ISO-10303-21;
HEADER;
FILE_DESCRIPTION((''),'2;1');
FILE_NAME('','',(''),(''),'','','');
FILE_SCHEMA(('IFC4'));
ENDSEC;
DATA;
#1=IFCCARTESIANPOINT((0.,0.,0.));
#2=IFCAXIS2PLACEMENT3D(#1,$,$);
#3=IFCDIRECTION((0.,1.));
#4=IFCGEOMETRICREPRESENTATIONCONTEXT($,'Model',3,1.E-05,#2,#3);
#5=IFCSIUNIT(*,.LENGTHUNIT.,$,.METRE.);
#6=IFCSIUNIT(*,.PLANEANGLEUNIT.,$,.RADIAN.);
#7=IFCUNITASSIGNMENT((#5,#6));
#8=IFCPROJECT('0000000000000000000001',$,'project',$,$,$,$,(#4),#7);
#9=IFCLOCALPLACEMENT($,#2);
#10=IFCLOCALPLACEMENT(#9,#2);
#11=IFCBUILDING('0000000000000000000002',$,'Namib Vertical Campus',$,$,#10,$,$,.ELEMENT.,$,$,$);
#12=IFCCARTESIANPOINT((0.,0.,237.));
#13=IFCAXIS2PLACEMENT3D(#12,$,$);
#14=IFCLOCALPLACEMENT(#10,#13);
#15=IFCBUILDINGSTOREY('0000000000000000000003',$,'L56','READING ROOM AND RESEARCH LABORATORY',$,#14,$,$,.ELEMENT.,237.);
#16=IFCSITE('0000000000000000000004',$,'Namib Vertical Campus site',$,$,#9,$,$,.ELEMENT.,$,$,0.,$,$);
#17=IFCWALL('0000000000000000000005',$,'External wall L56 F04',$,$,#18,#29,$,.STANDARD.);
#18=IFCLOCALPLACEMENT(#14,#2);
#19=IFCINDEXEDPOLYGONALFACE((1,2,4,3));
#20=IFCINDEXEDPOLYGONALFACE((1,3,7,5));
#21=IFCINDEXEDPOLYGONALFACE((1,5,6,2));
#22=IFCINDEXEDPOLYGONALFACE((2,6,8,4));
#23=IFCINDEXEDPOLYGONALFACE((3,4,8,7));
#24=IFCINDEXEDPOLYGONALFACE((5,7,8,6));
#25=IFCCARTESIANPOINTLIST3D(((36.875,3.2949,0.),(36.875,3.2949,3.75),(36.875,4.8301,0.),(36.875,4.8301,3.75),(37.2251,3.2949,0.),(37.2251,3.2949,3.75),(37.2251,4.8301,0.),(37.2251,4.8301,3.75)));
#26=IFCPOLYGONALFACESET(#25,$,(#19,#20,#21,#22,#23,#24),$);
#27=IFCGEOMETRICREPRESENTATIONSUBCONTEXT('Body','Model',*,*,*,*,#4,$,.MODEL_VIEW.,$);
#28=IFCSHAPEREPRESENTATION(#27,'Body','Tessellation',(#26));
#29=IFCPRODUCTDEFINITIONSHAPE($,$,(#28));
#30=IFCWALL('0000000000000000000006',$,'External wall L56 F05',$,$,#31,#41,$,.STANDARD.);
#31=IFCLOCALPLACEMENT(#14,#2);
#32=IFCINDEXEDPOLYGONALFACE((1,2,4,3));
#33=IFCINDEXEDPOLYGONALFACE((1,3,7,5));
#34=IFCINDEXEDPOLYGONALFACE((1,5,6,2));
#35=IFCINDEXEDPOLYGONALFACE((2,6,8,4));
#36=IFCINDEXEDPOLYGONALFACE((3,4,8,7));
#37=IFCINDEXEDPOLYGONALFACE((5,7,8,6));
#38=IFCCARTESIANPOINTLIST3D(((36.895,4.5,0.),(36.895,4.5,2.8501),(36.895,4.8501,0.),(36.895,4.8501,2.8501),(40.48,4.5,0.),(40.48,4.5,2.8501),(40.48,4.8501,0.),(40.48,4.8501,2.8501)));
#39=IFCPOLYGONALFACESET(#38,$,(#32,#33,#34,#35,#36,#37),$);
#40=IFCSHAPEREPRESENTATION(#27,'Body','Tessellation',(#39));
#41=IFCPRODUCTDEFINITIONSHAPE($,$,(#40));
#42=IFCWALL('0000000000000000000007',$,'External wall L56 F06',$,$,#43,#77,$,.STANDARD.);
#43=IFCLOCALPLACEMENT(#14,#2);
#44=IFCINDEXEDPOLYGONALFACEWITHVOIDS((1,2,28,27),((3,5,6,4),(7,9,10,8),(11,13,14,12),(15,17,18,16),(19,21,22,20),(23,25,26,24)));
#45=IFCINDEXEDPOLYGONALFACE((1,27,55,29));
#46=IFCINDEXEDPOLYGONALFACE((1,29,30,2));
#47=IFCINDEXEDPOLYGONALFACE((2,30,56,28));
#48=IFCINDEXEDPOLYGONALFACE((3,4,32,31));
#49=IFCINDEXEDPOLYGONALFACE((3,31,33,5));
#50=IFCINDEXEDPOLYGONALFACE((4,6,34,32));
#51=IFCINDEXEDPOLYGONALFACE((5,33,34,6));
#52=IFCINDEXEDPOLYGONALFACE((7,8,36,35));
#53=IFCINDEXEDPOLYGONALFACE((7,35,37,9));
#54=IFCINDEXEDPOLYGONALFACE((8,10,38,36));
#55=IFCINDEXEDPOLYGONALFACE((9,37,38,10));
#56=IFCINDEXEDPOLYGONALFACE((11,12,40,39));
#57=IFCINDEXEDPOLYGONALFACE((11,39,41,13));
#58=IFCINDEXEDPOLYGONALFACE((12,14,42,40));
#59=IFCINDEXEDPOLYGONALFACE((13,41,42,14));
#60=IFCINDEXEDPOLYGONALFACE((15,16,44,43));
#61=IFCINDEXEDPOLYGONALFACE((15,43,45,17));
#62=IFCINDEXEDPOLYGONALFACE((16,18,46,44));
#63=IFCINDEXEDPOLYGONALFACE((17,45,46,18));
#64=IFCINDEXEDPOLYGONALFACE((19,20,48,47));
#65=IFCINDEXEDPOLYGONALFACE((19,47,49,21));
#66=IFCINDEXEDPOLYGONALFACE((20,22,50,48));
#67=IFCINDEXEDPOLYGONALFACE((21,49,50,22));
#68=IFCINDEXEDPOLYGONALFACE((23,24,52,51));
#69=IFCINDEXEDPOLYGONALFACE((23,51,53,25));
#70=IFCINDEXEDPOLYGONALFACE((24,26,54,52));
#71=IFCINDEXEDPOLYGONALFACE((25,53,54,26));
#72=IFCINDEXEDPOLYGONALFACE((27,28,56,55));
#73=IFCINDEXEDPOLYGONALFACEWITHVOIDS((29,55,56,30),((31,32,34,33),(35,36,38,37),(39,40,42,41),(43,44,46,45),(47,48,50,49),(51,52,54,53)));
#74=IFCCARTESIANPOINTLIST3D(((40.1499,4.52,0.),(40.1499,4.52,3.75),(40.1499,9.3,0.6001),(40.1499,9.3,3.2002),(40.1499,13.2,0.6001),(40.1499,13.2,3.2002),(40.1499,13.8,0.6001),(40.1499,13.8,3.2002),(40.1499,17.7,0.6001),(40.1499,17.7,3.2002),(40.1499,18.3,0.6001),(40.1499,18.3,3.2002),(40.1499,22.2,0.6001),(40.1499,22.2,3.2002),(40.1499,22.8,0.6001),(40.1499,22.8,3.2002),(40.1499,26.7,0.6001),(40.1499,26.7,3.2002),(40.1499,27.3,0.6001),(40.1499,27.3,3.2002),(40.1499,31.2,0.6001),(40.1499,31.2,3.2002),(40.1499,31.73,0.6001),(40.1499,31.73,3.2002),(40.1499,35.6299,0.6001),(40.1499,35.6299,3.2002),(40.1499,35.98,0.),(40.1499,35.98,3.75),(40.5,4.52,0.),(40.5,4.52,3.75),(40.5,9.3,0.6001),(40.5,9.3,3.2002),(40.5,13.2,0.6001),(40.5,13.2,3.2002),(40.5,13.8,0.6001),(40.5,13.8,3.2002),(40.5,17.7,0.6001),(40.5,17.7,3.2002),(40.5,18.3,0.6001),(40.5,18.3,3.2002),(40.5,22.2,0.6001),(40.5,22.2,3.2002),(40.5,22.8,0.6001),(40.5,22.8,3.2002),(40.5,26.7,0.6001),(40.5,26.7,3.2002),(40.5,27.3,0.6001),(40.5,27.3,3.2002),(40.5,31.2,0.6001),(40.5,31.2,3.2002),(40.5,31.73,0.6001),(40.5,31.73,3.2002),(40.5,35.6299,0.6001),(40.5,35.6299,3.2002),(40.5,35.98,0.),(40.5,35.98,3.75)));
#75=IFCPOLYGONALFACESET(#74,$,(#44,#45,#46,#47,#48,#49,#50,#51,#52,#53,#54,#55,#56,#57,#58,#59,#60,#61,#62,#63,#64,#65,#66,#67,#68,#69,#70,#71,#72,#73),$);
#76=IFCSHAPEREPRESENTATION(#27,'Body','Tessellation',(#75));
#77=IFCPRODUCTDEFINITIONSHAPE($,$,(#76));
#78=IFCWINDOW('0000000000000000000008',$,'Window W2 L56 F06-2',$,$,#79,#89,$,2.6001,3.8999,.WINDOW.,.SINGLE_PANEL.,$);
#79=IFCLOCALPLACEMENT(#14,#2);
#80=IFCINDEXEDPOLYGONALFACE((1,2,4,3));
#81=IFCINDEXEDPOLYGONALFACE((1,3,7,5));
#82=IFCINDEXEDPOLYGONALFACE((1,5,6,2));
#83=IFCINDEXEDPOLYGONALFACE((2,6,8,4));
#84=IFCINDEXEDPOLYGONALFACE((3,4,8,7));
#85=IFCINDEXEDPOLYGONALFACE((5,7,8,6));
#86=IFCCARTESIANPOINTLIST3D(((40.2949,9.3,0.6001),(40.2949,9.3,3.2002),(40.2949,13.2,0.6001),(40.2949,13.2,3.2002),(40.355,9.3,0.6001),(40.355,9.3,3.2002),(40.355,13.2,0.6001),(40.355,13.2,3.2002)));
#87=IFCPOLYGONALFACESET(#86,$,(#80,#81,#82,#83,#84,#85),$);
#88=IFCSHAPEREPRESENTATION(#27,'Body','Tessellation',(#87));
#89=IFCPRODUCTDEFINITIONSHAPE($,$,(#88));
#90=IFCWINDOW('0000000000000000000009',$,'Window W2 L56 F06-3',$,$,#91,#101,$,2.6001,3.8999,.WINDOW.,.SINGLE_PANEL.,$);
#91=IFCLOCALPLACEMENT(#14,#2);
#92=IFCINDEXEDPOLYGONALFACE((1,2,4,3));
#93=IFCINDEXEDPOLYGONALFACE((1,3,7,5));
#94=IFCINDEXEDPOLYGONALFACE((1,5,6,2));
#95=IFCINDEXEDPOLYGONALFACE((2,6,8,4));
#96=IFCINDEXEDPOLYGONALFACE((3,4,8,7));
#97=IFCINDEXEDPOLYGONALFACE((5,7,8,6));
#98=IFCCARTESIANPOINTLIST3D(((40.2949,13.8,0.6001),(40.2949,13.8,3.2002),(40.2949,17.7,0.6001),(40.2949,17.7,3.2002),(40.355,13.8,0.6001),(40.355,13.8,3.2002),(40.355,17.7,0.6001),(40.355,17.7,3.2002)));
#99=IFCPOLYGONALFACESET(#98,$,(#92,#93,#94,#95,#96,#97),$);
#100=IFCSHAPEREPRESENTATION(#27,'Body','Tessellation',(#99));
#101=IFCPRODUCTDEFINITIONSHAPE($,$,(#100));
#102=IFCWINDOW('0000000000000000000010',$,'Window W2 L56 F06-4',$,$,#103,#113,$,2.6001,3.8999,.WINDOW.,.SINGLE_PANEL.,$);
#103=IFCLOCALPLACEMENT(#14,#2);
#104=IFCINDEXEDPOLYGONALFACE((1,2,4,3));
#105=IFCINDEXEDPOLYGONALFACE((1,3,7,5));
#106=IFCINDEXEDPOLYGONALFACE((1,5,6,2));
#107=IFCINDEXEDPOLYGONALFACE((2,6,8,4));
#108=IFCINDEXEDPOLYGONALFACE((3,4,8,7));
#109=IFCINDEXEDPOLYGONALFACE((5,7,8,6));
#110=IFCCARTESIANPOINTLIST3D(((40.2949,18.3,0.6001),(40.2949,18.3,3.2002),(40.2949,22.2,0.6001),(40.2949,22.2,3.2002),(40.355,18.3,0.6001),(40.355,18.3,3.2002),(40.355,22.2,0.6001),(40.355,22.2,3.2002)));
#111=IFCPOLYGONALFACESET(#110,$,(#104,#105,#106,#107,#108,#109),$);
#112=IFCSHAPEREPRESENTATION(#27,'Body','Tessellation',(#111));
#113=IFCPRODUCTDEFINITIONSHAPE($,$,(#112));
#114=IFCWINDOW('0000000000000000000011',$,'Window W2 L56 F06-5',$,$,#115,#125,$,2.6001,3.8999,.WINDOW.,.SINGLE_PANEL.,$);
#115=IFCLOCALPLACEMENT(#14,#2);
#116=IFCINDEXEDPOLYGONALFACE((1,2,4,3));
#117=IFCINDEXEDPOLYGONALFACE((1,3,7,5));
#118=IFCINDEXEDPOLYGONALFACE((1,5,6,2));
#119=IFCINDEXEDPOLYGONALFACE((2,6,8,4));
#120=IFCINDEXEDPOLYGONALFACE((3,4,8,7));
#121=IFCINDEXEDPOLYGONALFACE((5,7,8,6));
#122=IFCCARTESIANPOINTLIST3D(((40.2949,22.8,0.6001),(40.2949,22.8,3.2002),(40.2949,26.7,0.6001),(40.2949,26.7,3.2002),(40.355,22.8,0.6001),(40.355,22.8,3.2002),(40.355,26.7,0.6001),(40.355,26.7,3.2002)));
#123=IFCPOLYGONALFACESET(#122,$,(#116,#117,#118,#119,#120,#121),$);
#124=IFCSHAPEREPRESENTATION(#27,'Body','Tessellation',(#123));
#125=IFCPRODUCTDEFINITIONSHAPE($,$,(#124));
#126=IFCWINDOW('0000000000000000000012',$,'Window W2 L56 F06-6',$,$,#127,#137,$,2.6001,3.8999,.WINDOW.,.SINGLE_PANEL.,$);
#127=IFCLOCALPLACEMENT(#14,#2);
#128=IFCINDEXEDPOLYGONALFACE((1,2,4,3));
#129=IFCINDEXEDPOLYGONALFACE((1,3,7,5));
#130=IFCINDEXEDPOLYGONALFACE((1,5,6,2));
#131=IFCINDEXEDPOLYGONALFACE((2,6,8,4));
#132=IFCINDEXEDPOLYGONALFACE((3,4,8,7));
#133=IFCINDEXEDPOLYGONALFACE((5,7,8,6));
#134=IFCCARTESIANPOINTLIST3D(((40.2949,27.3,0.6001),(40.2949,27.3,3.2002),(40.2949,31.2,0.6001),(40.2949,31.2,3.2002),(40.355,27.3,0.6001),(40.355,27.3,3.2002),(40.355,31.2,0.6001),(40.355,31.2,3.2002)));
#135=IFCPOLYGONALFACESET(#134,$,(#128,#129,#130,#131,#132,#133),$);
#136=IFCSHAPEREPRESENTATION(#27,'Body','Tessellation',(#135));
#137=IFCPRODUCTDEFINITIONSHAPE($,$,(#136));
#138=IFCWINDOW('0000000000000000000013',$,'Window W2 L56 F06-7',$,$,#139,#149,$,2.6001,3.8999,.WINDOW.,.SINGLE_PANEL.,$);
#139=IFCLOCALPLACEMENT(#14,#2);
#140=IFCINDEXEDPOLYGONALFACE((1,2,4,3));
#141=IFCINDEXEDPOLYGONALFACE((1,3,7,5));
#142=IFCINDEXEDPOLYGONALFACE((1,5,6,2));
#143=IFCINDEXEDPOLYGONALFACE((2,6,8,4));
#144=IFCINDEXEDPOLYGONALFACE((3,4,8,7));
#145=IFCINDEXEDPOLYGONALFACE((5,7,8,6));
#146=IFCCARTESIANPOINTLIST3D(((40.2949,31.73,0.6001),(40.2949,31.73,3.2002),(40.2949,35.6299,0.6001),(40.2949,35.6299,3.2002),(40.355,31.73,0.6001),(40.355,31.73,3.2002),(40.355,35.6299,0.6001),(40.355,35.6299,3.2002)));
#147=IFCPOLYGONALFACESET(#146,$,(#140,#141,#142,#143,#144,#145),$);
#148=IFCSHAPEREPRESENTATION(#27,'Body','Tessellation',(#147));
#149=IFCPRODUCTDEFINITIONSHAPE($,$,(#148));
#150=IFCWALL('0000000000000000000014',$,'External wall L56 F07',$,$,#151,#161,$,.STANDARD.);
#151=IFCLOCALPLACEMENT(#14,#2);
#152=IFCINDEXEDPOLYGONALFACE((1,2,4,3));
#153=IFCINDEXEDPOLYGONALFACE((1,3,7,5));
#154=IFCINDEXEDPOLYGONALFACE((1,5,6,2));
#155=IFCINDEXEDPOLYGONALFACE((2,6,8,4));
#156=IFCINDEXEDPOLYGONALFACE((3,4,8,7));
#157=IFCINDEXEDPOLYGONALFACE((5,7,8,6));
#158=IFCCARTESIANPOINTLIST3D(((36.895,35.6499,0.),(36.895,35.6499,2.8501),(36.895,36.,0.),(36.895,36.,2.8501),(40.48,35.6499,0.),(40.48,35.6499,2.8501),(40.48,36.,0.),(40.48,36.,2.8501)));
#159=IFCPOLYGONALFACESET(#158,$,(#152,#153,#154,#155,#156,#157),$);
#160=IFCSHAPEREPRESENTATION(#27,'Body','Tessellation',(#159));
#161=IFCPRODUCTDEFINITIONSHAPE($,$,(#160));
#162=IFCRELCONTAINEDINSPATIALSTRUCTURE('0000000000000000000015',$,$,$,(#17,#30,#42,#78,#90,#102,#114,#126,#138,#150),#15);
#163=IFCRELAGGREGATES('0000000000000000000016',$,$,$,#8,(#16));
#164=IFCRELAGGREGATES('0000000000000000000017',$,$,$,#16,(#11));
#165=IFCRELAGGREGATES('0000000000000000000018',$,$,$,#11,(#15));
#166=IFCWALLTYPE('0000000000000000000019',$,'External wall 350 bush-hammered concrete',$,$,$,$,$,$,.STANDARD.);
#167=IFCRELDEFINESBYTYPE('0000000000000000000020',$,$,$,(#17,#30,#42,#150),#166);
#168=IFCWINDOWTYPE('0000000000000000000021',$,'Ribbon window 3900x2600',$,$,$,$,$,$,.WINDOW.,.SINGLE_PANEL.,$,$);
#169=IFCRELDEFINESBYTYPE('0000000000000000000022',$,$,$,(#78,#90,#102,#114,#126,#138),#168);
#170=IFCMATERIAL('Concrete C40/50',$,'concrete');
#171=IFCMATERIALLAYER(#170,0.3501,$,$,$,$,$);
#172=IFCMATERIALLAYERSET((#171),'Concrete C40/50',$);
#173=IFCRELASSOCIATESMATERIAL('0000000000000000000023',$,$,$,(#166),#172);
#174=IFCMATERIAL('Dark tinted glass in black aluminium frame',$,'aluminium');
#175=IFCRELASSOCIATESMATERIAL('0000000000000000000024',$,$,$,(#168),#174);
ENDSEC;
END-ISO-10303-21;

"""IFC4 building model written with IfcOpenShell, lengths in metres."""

from ifc_helpers import new_model, si_unit, direction, frame, frame_2d, origin, place, context, subcontext, project, spatial, rectangle, extrude, material, layer, layer_set, type_object, element, fill, save


model = new_model("IFC4")

# Units and contexts
model_context = context("Model", 3, precision=1e-05, world=origin(), true_north=direction((0.0, 1.0)))
body_context = subcontext(model_context, "Body", "Model", "MODEL_VIEW")
ifc_project = project(units=[si_unit("LENGTHUNIT", "METRE"), si_unit("PLANEANGLEUNIT", "RADIAN")], contexts=[model_context])

# Site, building, storey
site_placement = place(None, origin())
site = spatial("IfcSite", under=ifc_project, at=site_placement, Name="Namib Vertical Campus site", CompositionType="ELEMENT", RefElevation=0.0)
building_placement = place(site_placement, origin())
building = spatial("IfcBuilding", under=site, at=building_placement, Name="Namib Vertical Campus", CompositionType="ELEMENT")
storey_placement = place(building_placement, frame((0.0, 0.0, 237.0)))
storey = spatial("IfcBuildingStorey", under=building, at=storey_placement, Name="L56", Description="READING ROOM AND RESEARCH LABORATORY", CompositionType="ELEMENT", Elevation=237.0)

# Walls
ifc_material_1 = material(Name="Concrete C40/50", Category="concrete")
ifc_layer_1 = layer(ifc_material_1, 0.3501)
ifc_layer_set_1 = layer_set([ifc_layer_1], Name="Concrete C40/50")
wall_type_1 = type_object("IfcWallType", Name="External wall 350 bush-hammered concrete", PredefinedType="STANDARD", material=ifc_layer_set_1)
wall_1_placement = place(storey_placement, frame((37.05, 3.2949, 0.0), z_axis=(0.0, 0.0, 1.0), x_axis=(0.0, 1.0, 0.0)))
element("IfcWall", 1, at=wall_1_placement, inside=storey, type_object=wall_type_1, Name="External wall L56 F04", PredefinedType="STANDARD", context=body_context, shape_type="SweptSolid", body=[
    extrude(rectangle(XDim=1.5352, YDim=0.3501, at=frame_2d((0.7676, 0.0))), origin(), (0.0, 0.0, 1.0), 3.75),
])
wall_2_placement = place(storey_placement, frame((36.895, 4.675, 0.0), z_axis=(0.0, 0.0, 1.0), x_axis=(1.0, 0.0, 0.0)))
element("IfcWall", 2, at=wall_2_placement, inside=storey, type_object=wall_type_1, Name="External wall L56 F05", PredefinedType="STANDARD", context=body_context, shape_type="SweptSolid", body=[
    extrude(rectangle(XDim=3.585, YDim=0.3501, at=frame_2d((1.7925, 0.0))), origin(), (0.0, 0.0, 1.0), 2.8501),
])

# Wall, openings, windows
wall_3_placement = place(storey_placement, frame((40.325, 4.52, 0.0), z_axis=(0.0, 0.0, 1.0), x_axis=(0.0, 1.0, 0.0)))
wall_3 = element("IfcWall", 3, at=wall_3_placement, inside=storey, type_object=wall_type_1, Name="External wall L56 F06", PredefinedType="STANDARD", context=body_context, shape_type="SweptSolid", body=[
    extrude(rectangle(XDim=31.46, YDim=0.3501, at=frame_2d((15.73, 0.0))), origin(), (0.0, 0.0, 1.0), 3.75),
])
opening_1_placement = place(wall_3_placement, frame((4.78, 0.0, 0.6001)))
opening_1 = element("IfcOpeningElement", 4, at=opening_1_placement, cuts=wall_3, PredefinedType="OPENING", context=body_context, shape_type="SweptSolid", body=[
    extrude(rectangle(XDim=3.8999, YDim=2.6001, at=frame_2d((1.95, 1.3))), frame((0.0, 0.1851, 0.0), z_axis=(0.0, -1.0, 0.0), x_axis=(1.0, 0.0, 0.0)), (0.0, 0.0, 1.0), 0.3701),
])
opening_2_placement = place(wall_3_placement, frame((9.28, 0.0, 0.6001)))
opening_2 = element("IfcOpeningElement", 5, at=opening_2_placement, cuts=wall_3, PredefinedType="OPENING", context=body_context, shape_type="SweptSolid", body=[
    extrude(rectangle(XDim=3.8999, YDim=2.6001, at=frame_2d((1.95, 1.3))), frame((0.0, 0.1851, 0.0), z_axis=(0.0, -1.0, 0.0), x_axis=(1.0, 0.0, 0.0)), (0.0, 0.0, 1.0), 0.3701),
])
opening_3_placement = place(wall_3_placement, frame((13.78, 0.0, 0.6001)))
opening_3 = element("IfcOpeningElement", 6, at=opening_3_placement, cuts=wall_3, PredefinedType="OPENING", context=body_context, shape_type="SweptSolid", body=[
    extrude(rectangle(XDim=3.8999, YDim=2.6001, at=frame_2d((1.95, 1.3))), frame((0.0, 0.1851, 0.0), z_axis=(0.0, -1.0, 0.0), x_axis=(1.0, 0.0, 0.0)), (0.0, 0.0, 1.0), 0.3701),
])
opening_4_placement = place(wall_3_placement, frame((18.28, 0.0, 0.6001)))
opening_4 = element("IfcOpeningElement", 7, at=opening_4_placement, cuts=wall_3, PredefinedType="OPENING", context=body_context, shape_type="SweptSolid", body=[
    extrude(rectangle(XDim=3.8999, YDim=2.6001, at=frame_2d((1.95, 1.3))), frame((0.0, 0.1851, 0.0), z_axis=(0.0, -1.0, 0.0), x_axis=(1.0, 0.0, 0.0)), (0.0, 0.0, 1.0), 0.3701),
])
opening_5_placement = place(wall_3_placement, frame((22.78, 0.0, 0.6001)))
opening_5 = element("IfcOpeningElement", 8, at=opening_5_placement, cuts=wall_3, PredefinedType="OPENING", context=body_context, shape_type="SweptSolid", body=[
    extrude(rectangle(XDim=3.8999, YDim=2.6001, at=frame_2d((1.95, 1.3))), frame((0.0, 0.1851, 0.0), z_axis=(0.0, -1.0, 0.0), x_axis=(1.0, 0.0, 0.0)), (0.0, 0.0, 1.0), 0.3701),
])
opening_6_placement = place(wall_3_placement, frame((27.21, 0.0, 0.6001)))
opening_6 = element("IfcOpeningElement", 9, at=opening_6_placement, cuts=wall_3, PredefinedType="OPENING", context=body_context, shape_type="SweptSolid", body=[
    extrude(rectangle(XDim=3.8999, YDim=2.6001, at=frame_2d((1.95, 1.3))), frame((0.0, 0.1851, 0.0), z_axis=(0.0, -1.0, 0.0), x_axis=(1.0, 0.0, 0.0)), (0.0, 0.0, 1.0), 0.3701),
])
ifc_material_2 = material(Name="Dark tinted glass in black aluminium frame", Category="aluminium")
window_type = type_object("IfcWindowType", Name="Ribbon window 3900x2600", PartitioningType="SINGLE_PANEL", PredefinedType="WINDOW", material=ifc_material_2)
window_1_placement = place(opening_1_placement, origin())
window_1 = element("IfcWindow", 10, at=window_1_placement, inside=storey, type_object=window_type, Name="Window W2 L56 F06-2", OverallHeight=2.6001, OverallWidth=3.8999, PartitioningType="SINGLE_PANEL", PredefinedType="WINDOW", context=body_context, shape_type="SweptSolid", body=[
    extrude(rectangle(XDim=3.8999, YDim=2.6001, at=frame_2d((1.95, 1.3))), frame((0.0, 0.03, 0.0), z_axis=(0.0, -1.0, 0.0), x_axis=(1.0, 0.0, 0.0)), (0.0, 0.0, 1.0), 0.0601),
])
fill(opening_1, window_1)
window_2_placement = place(opening_2_placement, origin())
window_2 = element("IfcWindow", 11, at=window_2_placement, inside=storey, type_object=window_type, Name="Window W2 L56 F06-3", OverallHeight=2.6001, OverallWidth=3.8999, PartitioningType="SINGLE_PANEL", PredefinedType="WINDOW", context=body_context, shape_type="SweptSolid", body=[
    extrude(rectangle(XDim=3.8999, YDim=2.6001, at=frame_2d((1.95, 1.3))), frame((0.0, 0.03, 0.0), z_axis=(0.0, -1.0, 0.0), x_axis=(1.0, 0.0, 0.0)), (0.0, 0.0, 1.0), 0.0601),
])
fill(opening_2, window_2)
window_3_placement = place(opening_3_placement, origin())
window_3 = element("IfcWindow", 12, at=window_3_placement, inside=storey, type_object=window_type, Name="Window W2 L56 F06-4", OverallHeight=2.6001, OverallWidth=3.8999, PartitioningType="SINGLE_PANEL", PredefinedType="WINDOW", context=body_context, shape_type="SweptSolid", body=[
    extrude(rectangle(XDim=3.8999, YDim=2.6001, at=frame_2d((1.95, 1.3))), frame((0.0, 0.03, 0.0), z_axis=(0.0, -1.0, 0.0), x_axis=(1.0, 0.0, 0.0)), (0.0, 0.0, 1.0), 0.0601),
])
fill(opening_3, window_3)
window_4_placement = place(opening_4_placement, origin())
window_4 = element("IfcWindow", 13, at=window_4_placement, inside=storey, type_object=window_type, Name="Window W2 L56 F06-5", OverallHeight=2.6001, OverallWidth=3.8999, PartitioningType="SINGLE_PANEL", PredefinedType="WINDOW", context=body_context, shape_type="SweptSolid", body=[
    extrude(rectangle(XDim=3.8999, YDim=2.6001, at=frame_2d((1.95, 1.3))), frame((0.0, 0.03, 0.0), z_axis=(0.0, -1.0, 0.0), x_axis=(1.0, 0.0, 0.0)), (0.0, 0.0, 1.0), 0.0601),
])
fill(opening_4, window_4)
window_5_placement = place(opening_5_placement, origin())
window_5 = element("IfcWindow", 14, at=window_5_placement, inside=storey, type_object=window_type, Name="Window W2 L56 F06-6", OverallHeight=2.6001, OverallWidth=3.8999, PartitioningType="SINGLE_PANEL", PredefinedType="WINDOW", context=body_context, shape_type="SweptSolid", body=[
    extrude(rectangle(XDim=3.8999, YDim=2.6001, at=frame_2d((1.95, 1.3))), frame((0.0, 0.03, 0.0), z_axis=(0.0, -1.0, 0.0), x_axis=(1.0, 0.0, 0.0)), (0.0, 0.0, 1.0), 0.0601),
])
fill(opening_5, window_5)
window_6_placement = place(opening_6_placement, origin())
window_6 = element("IfcWindow", 15, at=window_6_placement, inside=storey, type_object=window_type, Name="Window W2 L56 F06-7", OverallHeight=2.6001, OverallWidth=3.8999, PartitioningType="SINGLE_PANEL", PredefinedType="WINDOW", context=body_context, shape_type="SweptSolid", body=[
    extrude(rectangle(XDim=3.8999, YDim=2.6001, at=frame_2d((1.95, 1.3))), frame((0.0, 0.03, 0.0), z_axis=(0.0, -1.0, 0.0), x_axis=(1.0, 0.0, 0.0)), (0.0, 0.0, 1.0), 0.0601),
])
fill(opening_6, window_6)

# Wall
wall_4_placement = place(storey_placement, frame((40.48, 35.825, 0.0), z_axis=(0.0, 0.0, 1.0), x_axis=(-1.0, 0.0, 0.0)))
element("IfcWall", 16, at=wall_4_placement, inside=storey, type_object=wall_type_1, Name="External wall L56 F07", PredefinedType="STANDARD", context=body_context, shape_type="SweptSolid", body=[
    extrude(rectangle(XDim=3.585, YDim=0.3501, at=frame_2d((1.7925, 0.0))), origin(), (0.0, 0.0, 1.0), 2.8501),
])

save(model, "model.ifc")
